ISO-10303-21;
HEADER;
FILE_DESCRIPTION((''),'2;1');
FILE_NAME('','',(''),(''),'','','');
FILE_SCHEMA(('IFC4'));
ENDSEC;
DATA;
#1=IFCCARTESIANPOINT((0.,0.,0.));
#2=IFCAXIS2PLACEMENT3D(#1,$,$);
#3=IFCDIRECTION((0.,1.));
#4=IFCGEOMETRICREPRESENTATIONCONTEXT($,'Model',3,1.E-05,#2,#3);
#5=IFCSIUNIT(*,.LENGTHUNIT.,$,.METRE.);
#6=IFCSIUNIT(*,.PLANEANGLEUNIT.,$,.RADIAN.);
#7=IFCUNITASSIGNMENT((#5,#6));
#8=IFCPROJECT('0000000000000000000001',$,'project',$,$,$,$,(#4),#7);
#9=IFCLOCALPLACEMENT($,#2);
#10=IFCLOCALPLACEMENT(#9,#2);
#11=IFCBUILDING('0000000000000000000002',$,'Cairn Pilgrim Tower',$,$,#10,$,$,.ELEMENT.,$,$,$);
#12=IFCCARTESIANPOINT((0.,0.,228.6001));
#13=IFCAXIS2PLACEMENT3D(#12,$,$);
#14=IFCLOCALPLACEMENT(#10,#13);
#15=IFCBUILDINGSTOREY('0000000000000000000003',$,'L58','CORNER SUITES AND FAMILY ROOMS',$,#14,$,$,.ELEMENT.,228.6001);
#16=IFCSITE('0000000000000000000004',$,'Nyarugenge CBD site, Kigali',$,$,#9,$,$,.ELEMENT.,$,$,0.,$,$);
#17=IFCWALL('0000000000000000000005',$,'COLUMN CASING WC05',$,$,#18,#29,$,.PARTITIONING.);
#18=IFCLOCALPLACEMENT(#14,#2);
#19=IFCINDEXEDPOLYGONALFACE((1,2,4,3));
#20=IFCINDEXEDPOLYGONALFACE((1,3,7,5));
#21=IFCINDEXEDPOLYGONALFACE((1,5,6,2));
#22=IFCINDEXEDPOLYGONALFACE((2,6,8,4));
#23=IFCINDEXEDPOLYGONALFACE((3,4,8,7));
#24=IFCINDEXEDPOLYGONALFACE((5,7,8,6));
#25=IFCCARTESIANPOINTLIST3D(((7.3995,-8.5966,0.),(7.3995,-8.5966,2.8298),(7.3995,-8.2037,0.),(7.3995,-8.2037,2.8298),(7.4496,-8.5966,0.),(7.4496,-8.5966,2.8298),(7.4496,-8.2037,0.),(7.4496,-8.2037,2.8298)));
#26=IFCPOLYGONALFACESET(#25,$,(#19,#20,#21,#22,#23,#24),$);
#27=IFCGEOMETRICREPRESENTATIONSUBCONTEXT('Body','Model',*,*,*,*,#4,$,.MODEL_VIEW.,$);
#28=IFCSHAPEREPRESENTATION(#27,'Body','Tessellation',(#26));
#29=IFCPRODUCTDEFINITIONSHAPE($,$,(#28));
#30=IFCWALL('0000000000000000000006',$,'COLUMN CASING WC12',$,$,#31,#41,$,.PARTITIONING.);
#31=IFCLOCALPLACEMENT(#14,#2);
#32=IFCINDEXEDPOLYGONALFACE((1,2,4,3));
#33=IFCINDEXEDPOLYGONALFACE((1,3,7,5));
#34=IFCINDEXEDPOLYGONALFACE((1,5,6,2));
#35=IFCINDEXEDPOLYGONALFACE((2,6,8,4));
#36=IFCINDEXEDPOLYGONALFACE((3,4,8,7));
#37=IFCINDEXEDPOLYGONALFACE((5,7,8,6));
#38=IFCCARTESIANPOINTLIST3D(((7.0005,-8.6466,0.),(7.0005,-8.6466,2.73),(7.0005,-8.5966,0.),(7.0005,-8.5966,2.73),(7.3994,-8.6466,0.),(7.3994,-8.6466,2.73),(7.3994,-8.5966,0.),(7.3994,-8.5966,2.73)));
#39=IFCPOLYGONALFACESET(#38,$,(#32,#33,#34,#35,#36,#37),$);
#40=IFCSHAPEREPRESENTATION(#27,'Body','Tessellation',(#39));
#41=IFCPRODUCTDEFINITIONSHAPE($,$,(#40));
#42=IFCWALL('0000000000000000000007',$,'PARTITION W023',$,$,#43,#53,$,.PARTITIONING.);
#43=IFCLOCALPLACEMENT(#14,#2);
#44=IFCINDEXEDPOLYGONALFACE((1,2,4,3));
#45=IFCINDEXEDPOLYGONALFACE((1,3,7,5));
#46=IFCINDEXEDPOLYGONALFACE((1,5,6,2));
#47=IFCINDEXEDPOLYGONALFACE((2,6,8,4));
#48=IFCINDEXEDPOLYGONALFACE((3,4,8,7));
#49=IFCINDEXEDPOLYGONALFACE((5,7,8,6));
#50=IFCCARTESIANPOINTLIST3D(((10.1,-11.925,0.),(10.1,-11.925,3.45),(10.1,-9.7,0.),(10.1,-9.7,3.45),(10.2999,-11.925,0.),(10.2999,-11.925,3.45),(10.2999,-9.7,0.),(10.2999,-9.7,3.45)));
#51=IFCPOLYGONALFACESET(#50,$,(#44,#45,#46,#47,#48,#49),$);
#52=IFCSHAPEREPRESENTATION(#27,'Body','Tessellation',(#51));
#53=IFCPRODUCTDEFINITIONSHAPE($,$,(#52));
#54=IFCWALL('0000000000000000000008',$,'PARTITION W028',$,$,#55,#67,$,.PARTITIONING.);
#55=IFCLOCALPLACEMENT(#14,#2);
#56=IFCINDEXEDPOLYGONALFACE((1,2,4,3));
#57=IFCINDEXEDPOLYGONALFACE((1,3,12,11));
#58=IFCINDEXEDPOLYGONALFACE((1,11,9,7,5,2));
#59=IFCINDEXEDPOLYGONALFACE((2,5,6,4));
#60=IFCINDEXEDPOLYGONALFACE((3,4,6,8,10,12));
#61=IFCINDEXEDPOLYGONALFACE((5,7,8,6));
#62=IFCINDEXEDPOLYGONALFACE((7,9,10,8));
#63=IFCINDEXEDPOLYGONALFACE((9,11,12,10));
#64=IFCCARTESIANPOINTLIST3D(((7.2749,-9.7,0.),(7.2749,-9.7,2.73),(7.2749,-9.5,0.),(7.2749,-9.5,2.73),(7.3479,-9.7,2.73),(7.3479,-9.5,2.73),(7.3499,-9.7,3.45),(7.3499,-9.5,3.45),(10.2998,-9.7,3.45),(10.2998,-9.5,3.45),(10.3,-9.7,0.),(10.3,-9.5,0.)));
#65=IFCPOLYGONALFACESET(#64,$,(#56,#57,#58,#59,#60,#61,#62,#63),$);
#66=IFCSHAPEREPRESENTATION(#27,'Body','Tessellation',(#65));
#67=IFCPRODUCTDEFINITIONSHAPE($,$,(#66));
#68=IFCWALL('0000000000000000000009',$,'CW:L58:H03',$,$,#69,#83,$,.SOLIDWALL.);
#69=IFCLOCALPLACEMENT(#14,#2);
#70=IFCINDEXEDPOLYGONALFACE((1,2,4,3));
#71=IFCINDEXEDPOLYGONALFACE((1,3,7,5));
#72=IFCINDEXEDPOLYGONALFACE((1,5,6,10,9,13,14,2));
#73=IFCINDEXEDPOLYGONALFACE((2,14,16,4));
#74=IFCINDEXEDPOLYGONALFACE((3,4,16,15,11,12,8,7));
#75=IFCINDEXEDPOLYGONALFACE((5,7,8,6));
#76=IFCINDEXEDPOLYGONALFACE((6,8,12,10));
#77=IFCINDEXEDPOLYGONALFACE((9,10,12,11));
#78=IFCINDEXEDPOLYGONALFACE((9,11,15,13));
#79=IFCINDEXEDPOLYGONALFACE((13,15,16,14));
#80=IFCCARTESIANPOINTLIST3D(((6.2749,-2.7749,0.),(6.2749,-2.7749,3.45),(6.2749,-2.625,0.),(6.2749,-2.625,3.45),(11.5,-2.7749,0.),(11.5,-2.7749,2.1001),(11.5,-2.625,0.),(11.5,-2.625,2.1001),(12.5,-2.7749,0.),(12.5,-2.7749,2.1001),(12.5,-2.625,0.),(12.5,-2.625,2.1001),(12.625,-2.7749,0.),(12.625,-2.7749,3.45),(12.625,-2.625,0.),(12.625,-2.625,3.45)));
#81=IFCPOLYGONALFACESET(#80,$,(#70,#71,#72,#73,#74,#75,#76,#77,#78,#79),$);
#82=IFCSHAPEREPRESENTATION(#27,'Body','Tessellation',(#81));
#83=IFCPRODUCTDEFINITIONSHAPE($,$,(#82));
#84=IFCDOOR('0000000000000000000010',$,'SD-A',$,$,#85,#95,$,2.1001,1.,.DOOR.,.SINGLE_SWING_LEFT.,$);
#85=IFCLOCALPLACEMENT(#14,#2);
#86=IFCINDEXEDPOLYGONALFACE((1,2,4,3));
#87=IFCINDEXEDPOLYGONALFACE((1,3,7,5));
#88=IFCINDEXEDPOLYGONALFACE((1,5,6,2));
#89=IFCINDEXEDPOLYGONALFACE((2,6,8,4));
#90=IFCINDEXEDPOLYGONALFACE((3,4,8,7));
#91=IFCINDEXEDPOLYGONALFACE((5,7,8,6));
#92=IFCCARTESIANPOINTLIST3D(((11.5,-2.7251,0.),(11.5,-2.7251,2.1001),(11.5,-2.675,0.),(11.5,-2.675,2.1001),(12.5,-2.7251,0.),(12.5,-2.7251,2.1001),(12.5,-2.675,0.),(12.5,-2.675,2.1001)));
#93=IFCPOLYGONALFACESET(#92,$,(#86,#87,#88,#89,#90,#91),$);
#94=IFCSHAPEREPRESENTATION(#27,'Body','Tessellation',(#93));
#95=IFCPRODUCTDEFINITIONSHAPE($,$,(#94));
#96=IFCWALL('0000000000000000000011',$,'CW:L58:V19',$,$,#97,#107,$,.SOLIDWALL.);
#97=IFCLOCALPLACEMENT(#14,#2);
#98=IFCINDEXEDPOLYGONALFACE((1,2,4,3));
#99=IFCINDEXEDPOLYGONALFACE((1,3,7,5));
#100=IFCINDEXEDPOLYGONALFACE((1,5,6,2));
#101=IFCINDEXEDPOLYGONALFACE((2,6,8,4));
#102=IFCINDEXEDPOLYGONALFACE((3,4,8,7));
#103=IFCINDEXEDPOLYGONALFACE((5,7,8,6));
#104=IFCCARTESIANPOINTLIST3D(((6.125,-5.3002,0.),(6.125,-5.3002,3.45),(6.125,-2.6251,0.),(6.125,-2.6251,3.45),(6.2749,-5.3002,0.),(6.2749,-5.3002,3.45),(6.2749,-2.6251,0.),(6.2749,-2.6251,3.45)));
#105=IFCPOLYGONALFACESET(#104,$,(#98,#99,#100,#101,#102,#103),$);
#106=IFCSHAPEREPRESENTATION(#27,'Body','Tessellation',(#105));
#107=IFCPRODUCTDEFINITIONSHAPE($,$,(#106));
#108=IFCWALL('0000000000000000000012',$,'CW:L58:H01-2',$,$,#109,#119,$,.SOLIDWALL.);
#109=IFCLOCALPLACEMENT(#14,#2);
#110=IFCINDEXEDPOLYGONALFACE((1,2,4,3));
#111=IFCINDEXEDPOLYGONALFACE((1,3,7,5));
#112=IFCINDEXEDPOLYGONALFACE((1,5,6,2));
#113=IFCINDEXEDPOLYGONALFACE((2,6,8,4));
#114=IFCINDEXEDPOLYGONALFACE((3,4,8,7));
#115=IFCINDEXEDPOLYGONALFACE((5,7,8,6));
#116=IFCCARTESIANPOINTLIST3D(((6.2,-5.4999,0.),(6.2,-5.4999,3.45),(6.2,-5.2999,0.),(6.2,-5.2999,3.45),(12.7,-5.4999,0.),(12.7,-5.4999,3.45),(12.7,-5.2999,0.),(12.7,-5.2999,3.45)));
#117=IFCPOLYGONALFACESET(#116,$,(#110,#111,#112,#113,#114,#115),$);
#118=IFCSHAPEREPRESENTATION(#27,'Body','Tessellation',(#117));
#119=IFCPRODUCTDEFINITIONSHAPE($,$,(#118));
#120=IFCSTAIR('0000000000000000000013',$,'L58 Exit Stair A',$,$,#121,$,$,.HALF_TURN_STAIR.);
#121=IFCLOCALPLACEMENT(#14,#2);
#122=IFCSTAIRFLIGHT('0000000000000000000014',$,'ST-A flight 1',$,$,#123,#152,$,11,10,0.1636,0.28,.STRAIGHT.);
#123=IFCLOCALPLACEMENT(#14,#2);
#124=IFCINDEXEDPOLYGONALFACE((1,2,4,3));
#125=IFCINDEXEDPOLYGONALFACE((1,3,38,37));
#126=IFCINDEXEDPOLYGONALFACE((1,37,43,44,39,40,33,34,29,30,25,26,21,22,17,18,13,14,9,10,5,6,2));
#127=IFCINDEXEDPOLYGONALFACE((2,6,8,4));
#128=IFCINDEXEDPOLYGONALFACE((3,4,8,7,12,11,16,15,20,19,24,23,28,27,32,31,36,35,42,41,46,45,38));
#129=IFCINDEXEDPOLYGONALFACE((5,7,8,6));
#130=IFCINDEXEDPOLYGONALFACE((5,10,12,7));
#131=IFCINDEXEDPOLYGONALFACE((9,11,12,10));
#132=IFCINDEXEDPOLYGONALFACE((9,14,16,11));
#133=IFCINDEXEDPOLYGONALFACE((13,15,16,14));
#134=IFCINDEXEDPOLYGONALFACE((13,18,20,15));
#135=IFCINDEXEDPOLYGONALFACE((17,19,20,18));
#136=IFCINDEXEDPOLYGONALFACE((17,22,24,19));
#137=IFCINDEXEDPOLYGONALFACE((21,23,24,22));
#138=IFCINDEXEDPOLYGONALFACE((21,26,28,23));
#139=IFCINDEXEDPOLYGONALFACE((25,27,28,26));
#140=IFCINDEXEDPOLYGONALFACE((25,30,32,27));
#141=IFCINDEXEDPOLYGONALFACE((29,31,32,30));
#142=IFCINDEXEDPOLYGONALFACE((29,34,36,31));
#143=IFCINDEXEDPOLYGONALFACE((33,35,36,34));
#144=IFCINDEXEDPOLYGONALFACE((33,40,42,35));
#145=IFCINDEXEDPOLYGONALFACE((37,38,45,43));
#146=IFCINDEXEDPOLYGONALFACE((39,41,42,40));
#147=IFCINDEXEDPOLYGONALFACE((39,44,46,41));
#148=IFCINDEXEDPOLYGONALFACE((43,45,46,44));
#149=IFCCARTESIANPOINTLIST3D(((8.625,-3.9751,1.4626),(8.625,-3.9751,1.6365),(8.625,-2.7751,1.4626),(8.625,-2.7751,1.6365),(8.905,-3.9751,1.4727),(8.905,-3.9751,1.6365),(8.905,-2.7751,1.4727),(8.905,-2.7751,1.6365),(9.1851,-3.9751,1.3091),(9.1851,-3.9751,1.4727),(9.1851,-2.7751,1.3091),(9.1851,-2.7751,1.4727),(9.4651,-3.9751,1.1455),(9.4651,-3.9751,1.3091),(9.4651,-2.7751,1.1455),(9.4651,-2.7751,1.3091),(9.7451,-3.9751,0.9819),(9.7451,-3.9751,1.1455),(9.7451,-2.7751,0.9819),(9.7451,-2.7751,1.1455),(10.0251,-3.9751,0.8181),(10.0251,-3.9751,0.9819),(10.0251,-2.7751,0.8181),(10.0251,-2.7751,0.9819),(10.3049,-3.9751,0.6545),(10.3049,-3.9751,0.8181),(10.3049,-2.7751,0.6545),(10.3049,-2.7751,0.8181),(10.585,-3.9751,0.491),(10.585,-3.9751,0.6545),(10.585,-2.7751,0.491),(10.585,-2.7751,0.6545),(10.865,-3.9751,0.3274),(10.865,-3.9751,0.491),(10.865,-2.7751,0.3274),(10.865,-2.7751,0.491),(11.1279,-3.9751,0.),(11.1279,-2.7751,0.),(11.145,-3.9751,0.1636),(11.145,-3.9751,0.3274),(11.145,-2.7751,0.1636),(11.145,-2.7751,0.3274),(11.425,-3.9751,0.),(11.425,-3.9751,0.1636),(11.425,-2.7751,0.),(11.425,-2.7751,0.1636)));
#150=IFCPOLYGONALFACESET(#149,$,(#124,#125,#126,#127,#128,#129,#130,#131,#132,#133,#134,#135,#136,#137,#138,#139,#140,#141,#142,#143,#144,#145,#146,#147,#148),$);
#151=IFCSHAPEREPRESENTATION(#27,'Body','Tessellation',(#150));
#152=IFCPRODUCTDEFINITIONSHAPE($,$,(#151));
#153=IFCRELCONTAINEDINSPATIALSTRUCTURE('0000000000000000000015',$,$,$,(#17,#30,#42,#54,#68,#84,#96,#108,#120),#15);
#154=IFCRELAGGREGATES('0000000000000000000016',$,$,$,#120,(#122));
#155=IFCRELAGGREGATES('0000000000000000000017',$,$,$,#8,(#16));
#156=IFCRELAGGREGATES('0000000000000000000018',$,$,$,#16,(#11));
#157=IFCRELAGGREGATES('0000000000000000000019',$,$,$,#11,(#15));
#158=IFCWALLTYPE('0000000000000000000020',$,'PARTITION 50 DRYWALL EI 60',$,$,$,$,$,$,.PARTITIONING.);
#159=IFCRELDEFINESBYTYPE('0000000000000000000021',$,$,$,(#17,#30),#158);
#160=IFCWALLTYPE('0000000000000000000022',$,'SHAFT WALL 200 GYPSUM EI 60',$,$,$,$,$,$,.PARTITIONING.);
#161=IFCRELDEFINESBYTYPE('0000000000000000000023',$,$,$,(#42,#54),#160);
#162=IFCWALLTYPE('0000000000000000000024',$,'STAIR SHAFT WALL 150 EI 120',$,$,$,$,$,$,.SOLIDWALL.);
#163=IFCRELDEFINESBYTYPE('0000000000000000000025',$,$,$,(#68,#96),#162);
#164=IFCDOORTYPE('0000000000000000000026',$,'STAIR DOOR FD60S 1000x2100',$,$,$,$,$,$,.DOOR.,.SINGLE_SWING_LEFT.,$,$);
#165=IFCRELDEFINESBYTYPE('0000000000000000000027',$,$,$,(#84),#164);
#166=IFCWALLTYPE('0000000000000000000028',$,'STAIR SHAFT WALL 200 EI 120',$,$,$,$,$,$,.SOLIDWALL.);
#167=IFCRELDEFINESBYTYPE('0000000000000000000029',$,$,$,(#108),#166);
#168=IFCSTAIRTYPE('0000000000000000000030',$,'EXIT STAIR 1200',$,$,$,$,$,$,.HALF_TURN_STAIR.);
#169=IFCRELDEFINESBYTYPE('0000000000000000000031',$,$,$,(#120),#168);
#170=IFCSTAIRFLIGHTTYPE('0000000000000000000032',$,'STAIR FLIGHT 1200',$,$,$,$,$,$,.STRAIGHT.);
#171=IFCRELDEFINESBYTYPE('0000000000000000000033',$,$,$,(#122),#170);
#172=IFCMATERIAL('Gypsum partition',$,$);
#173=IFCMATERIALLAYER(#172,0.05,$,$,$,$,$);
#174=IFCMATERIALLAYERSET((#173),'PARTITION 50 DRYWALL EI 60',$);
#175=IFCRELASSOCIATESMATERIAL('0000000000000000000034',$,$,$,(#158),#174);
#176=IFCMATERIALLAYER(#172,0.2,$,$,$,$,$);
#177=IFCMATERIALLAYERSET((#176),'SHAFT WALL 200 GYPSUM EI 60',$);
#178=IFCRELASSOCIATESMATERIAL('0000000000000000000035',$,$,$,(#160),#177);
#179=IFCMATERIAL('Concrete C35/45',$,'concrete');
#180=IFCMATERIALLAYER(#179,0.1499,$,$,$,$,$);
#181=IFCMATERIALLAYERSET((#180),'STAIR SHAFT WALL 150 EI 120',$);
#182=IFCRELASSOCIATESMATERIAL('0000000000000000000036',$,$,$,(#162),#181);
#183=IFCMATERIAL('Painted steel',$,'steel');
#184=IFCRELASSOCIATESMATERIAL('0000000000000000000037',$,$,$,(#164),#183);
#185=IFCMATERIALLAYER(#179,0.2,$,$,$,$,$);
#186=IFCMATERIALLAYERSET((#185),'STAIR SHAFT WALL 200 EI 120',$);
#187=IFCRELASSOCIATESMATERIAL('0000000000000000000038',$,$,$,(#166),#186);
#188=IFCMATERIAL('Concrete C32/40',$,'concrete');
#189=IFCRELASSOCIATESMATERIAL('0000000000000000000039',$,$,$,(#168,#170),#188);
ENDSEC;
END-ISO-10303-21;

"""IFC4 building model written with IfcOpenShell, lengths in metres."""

from ifc_helpers import new_model, si_unit, direction, frame, frame_2d, origin, place, context, subcontext, project, spatial, polyline, rectangle, outline, extrude, material, layer, layer_set, type_object, element, fill, aggregate, save


model = new_model("IFC4")

# Units and contexts
model_context = context("Model", 3, precision=1e-05, world=origin(), true_north=direction((0.0, 1.0)))
body_context = subcontext(model_context, "Body", "Model", "MODEL_VIEW")
ifc_project = project(units=[si_unit("LENGTHUNIT", "METRE"), si_unit("PLANEANGLEUNIT", "RADIAN")], contexts=[model_context])

# Site, building, storey
site_placement = place(None, origin())
site = spatial("IfcSite", under=ifc_project, at=site_placement, Name="Nyarugenge CBD site, Kigali", CompositionType="ELEMENT", RefElevation=0.0)
building_placement = place(site_placement, origin())
building = spatial("IfcBuilding", under=site, at=building_placement, Name="Cairn Pilgrim Tower", CompositionType="ELEMENT")
storey_placement = place(building_placement, frame((0.0, 0.0, 228.6001)))
storey = spatial("IfcBuildingStorey", under=building, at=storey_placement, Name="L58", Description="CORNER SUITES AND FAMILY ROOMS", CompositionType="ELEMENT", Elevation=228.6001)

# Shared definitions
ifc_material_1 = material(Name="Concrete C32/40", Category="concrete")
ifc_material_2 = material(Name="Painted steel", Category="steel")

# Shared definitions
ifc_material_3 = material(Name="Gypsum partition")

# Walls
ifc_layer_1 = layer(ifc_material_3, 0.05)
ifc_layer_set_1 = layer_set([ifc_layer_1], Name="PARTITION 50 DRYWALL EI 60")
wall_type_1 = type_object("IfcWallType", Name="PARTITION 50 DRYWALL EI 60", PredefinedType="PARTITIONING", material=ifc_layer_set_1)
wall_1_placement = place(storey_placement, frame((7.4246, -8.5964, 0.0), z_axis=(0.0, 0.0, 1.0), x_axis=(0.0, 1.0, 0.0)))
element("IfcWall", 1, at=wall_1_placement, inside=storey, type_object=wall_type_1, Name="COLUMN CASING WC05", PredefinedType="PARTITIONING", context=body_context, shape_type="SweptSolid", body=[
    extrude(rectangle(XDim=0.3928, YDim=0.05, at=frame_2d((0.1963, 0.0))), origin(), (0.0, 0.0, 1.0), 2.8298),
])
wall_2_placement = place(storey_placement, frame((7.0005, -8.6216, 0.0), z_axis=(0.0, 0.0, 1.0), x_axis=(1.0, 0.0, 0.0)))
element("IfcWall", 2, at=wall_2_placement, inside=storey, type_object=wall_type_1, Name="COLUMN CASING WC12", PredefinedType="PARTITIONING", context=body_context, shape_type="SweptSolid", body=[
    extrude(rectangle(XDim=0.3989, YDim=0.05, at=frame_2d((0.1995, 0.0))), origin(), (0.0, 0.0, 1.0), 2.73),
])
ifc_layer_2 = layer(ifc_material_3, 0.2)
ifc_layer_set_2 = layer_set([ifc_layer_2], Name="SHAFT WALL 200 GYPSUM EI 60")
wall_type_2 = type_object("IfcWallType", Name="SHAFT WALL 200 GYPSUM EI 60", PredefinedType="PARTITIONING", material=ifc_layer_set_2)
wall_3_placement = place(storey_placement, frame((10.2, -11.925, 0.0), z_axis=(0.0, 0.0, 1.0), x_axis=(0.0, 1.0, 0.0)))
element("IfcWall", 3, at=wall_3_placement, inside=storey, type_object=wall_type_2, Name="PARTITION W023", PredefinedType="PARTITIONING", context=body_context, shape_type="SweptSolid", body=[
    extrude(rectangle(XDim=2.2251, YDim=0.2, at=frame_2d((1.1125, 0.0))), origin(), (0.0, 0.0, 1.0), 3.45),
])
wall_4_placement = place(storey_placement, frame((7.2749, -9.6001, 0.0), z_axis=(0.0, 0.0, 1.0), x_axis=(1.0, 0.0, 0.0)))
element("IfcWall", 4, at=wall_4_placement, inside=storey, type_object=wall_type_2, Name="PARTITION W028", PredefinedType="PARTITIONING", context=body_context, shape_type="SweptSolid", body=[
    extrude(outline(polyline([(0.0, 0.0), (3.0251, 0.0), (3.0249, 3.45), (0.075, 3.45), (0.073, 2.73), (0.0, 2.73), (0.0, 0.0)])), frame((0.0, 0.1001, 0.0), z_axis=(0.0, -1.0, 0.0), x_axis=(1.0, 0.0, 0.0)), (0.0, 0.0, 1.0), 0.2),
])

# Wall, opening, door
ifc_material_4 = material(Name="Concrete C35/45", Category="concrete")
ifc_layer_3 = layer(ifc_material_4, 0.1499)
ifc_layer_set_3 = layer_set([ifc_layer_3], Name="STAIR SHAFT WALL 150 EI 120")
wall_type_3 = type_object("IfcWallType", Name="STAIR SHAFT WALL 150 EI 120", PredefinedType="SOLIDWALL", material=ifc_layer_set_3)
wall_5_placement = place(storey_placement, frame((6.2749, -2.7, 0.0), z_axis=(0.0, 0.0, 1.0), x_axis=(1.0, 0.0, 0.0)))
wall_5 = element("IfcWall", 5, at=wall_5_placement, inside=storey, type_object=wall_type_3, Name="CW:L58:H03", PredefinedType="SOLIDWALL", context=body_context, shape_type="SweptSolid", body=[
    extrude(rectangle(XDim=6.3501, YDim=0.1499, at=frame_2d((3.175, 0.0))), origin(), (0.0, 0.0, 1.0), 3.45),
])
opening_1_placement = place(wall_5_placement, frame((5.2251, 0.0, 0.0)))
opening_1 = element("IfcOpeningElement", 6, at=opening_1_placement, cuts=wall_5, PredefinedType="OPENING", context=body_context, shape_type="SweptSolid", body=[
    extrude(rectangle(XDim=1.0, YDim=2.1001, at=frame_2d((0.5, 1.05))), frame((0.0, 0.085, 0.0), z_axis=(0.0, -1.0, 0.0), x_axis=(1.0, 0.0, 0.0)), (0.0, 0.0, 1.0), 0.1699),
])
door_type_1 = type_object("IfcDoorType", Name="STAIR DOOR FD60S 1000x2100", OperationType="SINGLE_SWING_LEFT", PredefinedType="DOOR", material=ifc_material_2)
door_1_placement = place(opening_1_placement, origin())
door_1 = element("IfcDoor", 7, at=door_1_placement, inside=storey, type_object=door_type_1, Name="SD-A", OperationType="SINGLE_SWING_LEFT", OverallHeight=2.1001, OverallWidth=1.0, PredefinedType="DOOR", context=body_context, shape_type="SweptSolid", body=[
    extrude(rectangle(XDim=1.0, YDim=2.1001, at=frame_2d((0.5, 1.05))), frame((0.0, 0.0249, 0.0), z_axis=(0.0, -1.0, 0.0), x_axis=(1.0, 0.0, 0.0)), (0.0, 0.0, 1.0), 0.05),
])
fill(opening_1, door_1)

# Walls
wall_6_placement = place(storey_placement, frame((6.2, -5.3, 0.0), z_axis=(0.0, 0.0, 1.0), x_axis=(0.0, 1.0, 0.0)))
element("IfcWall", 8, at=wall_6_placement, inside=storey, type_object=wall_type_3, Name="CW:L58:V19", PredefinedType="SOLIDWALL", context=body_context, shape_type="SweptSolid", body=[
    extrude(rectangle(XDim=2.675, YDim=0.1499, at=frame_2d((1.3374, 0.0))), origin(), (0.0, 0.0, 1.0), 3.45),
])
ifc_layer_4 = layer(ifc_material_4, 0.2)
ifc_layer_set_4 = layer_set([ifc_layer_4], Name="STAIR SHAFT WALL 200 EI 120")
wall_type_4 = type_object("IfcWallType", Name="STAIR SHAFT WALL 200 EI 120", PredefinedType="SOLIDWALL", material=ifc_layer_set_4)
wall_7_placement = place(storey_placement, frame((6.2, -5.3999, 0.0), z_axis=(0.0, 0.0, 1.0), x_axis=(1.0, 0.0, 0.0)))
element("IfcWall", 9, at=wall_7_placement, inside=storey, type_object=wall_type_4, Name="CW:L58:H01-2", PredefinedType="SOLIDWALL", context=body_context, shape_type="SweptSolid", body=[
    extrude(rectangle(XDim=6.5, YDim=0.2, at=frame_2d((3.25, 0.0))), origin(), (0.0, 0.0, 1.0), 3.45),
])

# Stair, stair flight
stair_type = type_object("IfcStairType", Name="EXIT STAIR 1200", PredefinedType="HALF_TURN_STAIR", material=ifc_material_1)
stair_placement = place(storey_placement, origin())
stair = element("IfcStair", 10, at=stair_placement, inside=storey, type_object=stair_type, Name="L58 Exit Stair A", PredefinedType="HALF_TURN_STAIR")
stair_flight_type = type_object("IfcStairFlightType", Name="STAIR FLIGHT 1200", PredefinedType="STRAIGHT", material=ifc_material_1)
stair_flight_1_placement = place(storey_placement, frame((11.425, -3.375, 0.0), z_axis=(0.0, 0.0, 1.0), x_axis=(-1.0, 0.0, 0.0)))
stair_flight_1 = element("IfcStairFlight", 11, at=stair_flight_1_placement, type_object=stair_flight_type, Name="ST-A flight 1", NumberOfRisers=11, NumberOfTreads=10, PredefinedType="STRAIGHT", RiserHeight=0.1636, TreadLength=0.28, context=body_context, shape_type="SweptSolid", body=[
    extrude(outline(polyline([(0.0, 0.0), (0.0, 0.1636), (0.28, 0.1636), (0.28, 0.3274), (0.5601, 0.3274), (0.5601, 0.491), (0.8401, 0.491), (0.8401, 0.6545), (1.1201, 0.6545), (1.1201, 0.8181), (1.3999, 0.8181), (1.3999, 0.9819), (1.6799, 0.9819), (1.6799, 1.1455), (1.96, 1.1455), (1.96, 1.3091), (2.24, 1.3091), (2.24, 1.4727), (2.52, 1.4727), (2.52, 1.6365), (2.8, 1.6365), (2.8, 1.8), (2.8, 1.4626), (0.2971, 0.0), (0.0, 0.0)])), frame((0.0, 0.6001, 0.0), z_axis=(0.0, -1.0, 0.0), x_axis=(1.0, 0.0, 0.0)), (0.0, 0.0, 1.0), 1.2),
])
aggregate(stair, [stair_flight_1])

save(model, "model.ifc")
